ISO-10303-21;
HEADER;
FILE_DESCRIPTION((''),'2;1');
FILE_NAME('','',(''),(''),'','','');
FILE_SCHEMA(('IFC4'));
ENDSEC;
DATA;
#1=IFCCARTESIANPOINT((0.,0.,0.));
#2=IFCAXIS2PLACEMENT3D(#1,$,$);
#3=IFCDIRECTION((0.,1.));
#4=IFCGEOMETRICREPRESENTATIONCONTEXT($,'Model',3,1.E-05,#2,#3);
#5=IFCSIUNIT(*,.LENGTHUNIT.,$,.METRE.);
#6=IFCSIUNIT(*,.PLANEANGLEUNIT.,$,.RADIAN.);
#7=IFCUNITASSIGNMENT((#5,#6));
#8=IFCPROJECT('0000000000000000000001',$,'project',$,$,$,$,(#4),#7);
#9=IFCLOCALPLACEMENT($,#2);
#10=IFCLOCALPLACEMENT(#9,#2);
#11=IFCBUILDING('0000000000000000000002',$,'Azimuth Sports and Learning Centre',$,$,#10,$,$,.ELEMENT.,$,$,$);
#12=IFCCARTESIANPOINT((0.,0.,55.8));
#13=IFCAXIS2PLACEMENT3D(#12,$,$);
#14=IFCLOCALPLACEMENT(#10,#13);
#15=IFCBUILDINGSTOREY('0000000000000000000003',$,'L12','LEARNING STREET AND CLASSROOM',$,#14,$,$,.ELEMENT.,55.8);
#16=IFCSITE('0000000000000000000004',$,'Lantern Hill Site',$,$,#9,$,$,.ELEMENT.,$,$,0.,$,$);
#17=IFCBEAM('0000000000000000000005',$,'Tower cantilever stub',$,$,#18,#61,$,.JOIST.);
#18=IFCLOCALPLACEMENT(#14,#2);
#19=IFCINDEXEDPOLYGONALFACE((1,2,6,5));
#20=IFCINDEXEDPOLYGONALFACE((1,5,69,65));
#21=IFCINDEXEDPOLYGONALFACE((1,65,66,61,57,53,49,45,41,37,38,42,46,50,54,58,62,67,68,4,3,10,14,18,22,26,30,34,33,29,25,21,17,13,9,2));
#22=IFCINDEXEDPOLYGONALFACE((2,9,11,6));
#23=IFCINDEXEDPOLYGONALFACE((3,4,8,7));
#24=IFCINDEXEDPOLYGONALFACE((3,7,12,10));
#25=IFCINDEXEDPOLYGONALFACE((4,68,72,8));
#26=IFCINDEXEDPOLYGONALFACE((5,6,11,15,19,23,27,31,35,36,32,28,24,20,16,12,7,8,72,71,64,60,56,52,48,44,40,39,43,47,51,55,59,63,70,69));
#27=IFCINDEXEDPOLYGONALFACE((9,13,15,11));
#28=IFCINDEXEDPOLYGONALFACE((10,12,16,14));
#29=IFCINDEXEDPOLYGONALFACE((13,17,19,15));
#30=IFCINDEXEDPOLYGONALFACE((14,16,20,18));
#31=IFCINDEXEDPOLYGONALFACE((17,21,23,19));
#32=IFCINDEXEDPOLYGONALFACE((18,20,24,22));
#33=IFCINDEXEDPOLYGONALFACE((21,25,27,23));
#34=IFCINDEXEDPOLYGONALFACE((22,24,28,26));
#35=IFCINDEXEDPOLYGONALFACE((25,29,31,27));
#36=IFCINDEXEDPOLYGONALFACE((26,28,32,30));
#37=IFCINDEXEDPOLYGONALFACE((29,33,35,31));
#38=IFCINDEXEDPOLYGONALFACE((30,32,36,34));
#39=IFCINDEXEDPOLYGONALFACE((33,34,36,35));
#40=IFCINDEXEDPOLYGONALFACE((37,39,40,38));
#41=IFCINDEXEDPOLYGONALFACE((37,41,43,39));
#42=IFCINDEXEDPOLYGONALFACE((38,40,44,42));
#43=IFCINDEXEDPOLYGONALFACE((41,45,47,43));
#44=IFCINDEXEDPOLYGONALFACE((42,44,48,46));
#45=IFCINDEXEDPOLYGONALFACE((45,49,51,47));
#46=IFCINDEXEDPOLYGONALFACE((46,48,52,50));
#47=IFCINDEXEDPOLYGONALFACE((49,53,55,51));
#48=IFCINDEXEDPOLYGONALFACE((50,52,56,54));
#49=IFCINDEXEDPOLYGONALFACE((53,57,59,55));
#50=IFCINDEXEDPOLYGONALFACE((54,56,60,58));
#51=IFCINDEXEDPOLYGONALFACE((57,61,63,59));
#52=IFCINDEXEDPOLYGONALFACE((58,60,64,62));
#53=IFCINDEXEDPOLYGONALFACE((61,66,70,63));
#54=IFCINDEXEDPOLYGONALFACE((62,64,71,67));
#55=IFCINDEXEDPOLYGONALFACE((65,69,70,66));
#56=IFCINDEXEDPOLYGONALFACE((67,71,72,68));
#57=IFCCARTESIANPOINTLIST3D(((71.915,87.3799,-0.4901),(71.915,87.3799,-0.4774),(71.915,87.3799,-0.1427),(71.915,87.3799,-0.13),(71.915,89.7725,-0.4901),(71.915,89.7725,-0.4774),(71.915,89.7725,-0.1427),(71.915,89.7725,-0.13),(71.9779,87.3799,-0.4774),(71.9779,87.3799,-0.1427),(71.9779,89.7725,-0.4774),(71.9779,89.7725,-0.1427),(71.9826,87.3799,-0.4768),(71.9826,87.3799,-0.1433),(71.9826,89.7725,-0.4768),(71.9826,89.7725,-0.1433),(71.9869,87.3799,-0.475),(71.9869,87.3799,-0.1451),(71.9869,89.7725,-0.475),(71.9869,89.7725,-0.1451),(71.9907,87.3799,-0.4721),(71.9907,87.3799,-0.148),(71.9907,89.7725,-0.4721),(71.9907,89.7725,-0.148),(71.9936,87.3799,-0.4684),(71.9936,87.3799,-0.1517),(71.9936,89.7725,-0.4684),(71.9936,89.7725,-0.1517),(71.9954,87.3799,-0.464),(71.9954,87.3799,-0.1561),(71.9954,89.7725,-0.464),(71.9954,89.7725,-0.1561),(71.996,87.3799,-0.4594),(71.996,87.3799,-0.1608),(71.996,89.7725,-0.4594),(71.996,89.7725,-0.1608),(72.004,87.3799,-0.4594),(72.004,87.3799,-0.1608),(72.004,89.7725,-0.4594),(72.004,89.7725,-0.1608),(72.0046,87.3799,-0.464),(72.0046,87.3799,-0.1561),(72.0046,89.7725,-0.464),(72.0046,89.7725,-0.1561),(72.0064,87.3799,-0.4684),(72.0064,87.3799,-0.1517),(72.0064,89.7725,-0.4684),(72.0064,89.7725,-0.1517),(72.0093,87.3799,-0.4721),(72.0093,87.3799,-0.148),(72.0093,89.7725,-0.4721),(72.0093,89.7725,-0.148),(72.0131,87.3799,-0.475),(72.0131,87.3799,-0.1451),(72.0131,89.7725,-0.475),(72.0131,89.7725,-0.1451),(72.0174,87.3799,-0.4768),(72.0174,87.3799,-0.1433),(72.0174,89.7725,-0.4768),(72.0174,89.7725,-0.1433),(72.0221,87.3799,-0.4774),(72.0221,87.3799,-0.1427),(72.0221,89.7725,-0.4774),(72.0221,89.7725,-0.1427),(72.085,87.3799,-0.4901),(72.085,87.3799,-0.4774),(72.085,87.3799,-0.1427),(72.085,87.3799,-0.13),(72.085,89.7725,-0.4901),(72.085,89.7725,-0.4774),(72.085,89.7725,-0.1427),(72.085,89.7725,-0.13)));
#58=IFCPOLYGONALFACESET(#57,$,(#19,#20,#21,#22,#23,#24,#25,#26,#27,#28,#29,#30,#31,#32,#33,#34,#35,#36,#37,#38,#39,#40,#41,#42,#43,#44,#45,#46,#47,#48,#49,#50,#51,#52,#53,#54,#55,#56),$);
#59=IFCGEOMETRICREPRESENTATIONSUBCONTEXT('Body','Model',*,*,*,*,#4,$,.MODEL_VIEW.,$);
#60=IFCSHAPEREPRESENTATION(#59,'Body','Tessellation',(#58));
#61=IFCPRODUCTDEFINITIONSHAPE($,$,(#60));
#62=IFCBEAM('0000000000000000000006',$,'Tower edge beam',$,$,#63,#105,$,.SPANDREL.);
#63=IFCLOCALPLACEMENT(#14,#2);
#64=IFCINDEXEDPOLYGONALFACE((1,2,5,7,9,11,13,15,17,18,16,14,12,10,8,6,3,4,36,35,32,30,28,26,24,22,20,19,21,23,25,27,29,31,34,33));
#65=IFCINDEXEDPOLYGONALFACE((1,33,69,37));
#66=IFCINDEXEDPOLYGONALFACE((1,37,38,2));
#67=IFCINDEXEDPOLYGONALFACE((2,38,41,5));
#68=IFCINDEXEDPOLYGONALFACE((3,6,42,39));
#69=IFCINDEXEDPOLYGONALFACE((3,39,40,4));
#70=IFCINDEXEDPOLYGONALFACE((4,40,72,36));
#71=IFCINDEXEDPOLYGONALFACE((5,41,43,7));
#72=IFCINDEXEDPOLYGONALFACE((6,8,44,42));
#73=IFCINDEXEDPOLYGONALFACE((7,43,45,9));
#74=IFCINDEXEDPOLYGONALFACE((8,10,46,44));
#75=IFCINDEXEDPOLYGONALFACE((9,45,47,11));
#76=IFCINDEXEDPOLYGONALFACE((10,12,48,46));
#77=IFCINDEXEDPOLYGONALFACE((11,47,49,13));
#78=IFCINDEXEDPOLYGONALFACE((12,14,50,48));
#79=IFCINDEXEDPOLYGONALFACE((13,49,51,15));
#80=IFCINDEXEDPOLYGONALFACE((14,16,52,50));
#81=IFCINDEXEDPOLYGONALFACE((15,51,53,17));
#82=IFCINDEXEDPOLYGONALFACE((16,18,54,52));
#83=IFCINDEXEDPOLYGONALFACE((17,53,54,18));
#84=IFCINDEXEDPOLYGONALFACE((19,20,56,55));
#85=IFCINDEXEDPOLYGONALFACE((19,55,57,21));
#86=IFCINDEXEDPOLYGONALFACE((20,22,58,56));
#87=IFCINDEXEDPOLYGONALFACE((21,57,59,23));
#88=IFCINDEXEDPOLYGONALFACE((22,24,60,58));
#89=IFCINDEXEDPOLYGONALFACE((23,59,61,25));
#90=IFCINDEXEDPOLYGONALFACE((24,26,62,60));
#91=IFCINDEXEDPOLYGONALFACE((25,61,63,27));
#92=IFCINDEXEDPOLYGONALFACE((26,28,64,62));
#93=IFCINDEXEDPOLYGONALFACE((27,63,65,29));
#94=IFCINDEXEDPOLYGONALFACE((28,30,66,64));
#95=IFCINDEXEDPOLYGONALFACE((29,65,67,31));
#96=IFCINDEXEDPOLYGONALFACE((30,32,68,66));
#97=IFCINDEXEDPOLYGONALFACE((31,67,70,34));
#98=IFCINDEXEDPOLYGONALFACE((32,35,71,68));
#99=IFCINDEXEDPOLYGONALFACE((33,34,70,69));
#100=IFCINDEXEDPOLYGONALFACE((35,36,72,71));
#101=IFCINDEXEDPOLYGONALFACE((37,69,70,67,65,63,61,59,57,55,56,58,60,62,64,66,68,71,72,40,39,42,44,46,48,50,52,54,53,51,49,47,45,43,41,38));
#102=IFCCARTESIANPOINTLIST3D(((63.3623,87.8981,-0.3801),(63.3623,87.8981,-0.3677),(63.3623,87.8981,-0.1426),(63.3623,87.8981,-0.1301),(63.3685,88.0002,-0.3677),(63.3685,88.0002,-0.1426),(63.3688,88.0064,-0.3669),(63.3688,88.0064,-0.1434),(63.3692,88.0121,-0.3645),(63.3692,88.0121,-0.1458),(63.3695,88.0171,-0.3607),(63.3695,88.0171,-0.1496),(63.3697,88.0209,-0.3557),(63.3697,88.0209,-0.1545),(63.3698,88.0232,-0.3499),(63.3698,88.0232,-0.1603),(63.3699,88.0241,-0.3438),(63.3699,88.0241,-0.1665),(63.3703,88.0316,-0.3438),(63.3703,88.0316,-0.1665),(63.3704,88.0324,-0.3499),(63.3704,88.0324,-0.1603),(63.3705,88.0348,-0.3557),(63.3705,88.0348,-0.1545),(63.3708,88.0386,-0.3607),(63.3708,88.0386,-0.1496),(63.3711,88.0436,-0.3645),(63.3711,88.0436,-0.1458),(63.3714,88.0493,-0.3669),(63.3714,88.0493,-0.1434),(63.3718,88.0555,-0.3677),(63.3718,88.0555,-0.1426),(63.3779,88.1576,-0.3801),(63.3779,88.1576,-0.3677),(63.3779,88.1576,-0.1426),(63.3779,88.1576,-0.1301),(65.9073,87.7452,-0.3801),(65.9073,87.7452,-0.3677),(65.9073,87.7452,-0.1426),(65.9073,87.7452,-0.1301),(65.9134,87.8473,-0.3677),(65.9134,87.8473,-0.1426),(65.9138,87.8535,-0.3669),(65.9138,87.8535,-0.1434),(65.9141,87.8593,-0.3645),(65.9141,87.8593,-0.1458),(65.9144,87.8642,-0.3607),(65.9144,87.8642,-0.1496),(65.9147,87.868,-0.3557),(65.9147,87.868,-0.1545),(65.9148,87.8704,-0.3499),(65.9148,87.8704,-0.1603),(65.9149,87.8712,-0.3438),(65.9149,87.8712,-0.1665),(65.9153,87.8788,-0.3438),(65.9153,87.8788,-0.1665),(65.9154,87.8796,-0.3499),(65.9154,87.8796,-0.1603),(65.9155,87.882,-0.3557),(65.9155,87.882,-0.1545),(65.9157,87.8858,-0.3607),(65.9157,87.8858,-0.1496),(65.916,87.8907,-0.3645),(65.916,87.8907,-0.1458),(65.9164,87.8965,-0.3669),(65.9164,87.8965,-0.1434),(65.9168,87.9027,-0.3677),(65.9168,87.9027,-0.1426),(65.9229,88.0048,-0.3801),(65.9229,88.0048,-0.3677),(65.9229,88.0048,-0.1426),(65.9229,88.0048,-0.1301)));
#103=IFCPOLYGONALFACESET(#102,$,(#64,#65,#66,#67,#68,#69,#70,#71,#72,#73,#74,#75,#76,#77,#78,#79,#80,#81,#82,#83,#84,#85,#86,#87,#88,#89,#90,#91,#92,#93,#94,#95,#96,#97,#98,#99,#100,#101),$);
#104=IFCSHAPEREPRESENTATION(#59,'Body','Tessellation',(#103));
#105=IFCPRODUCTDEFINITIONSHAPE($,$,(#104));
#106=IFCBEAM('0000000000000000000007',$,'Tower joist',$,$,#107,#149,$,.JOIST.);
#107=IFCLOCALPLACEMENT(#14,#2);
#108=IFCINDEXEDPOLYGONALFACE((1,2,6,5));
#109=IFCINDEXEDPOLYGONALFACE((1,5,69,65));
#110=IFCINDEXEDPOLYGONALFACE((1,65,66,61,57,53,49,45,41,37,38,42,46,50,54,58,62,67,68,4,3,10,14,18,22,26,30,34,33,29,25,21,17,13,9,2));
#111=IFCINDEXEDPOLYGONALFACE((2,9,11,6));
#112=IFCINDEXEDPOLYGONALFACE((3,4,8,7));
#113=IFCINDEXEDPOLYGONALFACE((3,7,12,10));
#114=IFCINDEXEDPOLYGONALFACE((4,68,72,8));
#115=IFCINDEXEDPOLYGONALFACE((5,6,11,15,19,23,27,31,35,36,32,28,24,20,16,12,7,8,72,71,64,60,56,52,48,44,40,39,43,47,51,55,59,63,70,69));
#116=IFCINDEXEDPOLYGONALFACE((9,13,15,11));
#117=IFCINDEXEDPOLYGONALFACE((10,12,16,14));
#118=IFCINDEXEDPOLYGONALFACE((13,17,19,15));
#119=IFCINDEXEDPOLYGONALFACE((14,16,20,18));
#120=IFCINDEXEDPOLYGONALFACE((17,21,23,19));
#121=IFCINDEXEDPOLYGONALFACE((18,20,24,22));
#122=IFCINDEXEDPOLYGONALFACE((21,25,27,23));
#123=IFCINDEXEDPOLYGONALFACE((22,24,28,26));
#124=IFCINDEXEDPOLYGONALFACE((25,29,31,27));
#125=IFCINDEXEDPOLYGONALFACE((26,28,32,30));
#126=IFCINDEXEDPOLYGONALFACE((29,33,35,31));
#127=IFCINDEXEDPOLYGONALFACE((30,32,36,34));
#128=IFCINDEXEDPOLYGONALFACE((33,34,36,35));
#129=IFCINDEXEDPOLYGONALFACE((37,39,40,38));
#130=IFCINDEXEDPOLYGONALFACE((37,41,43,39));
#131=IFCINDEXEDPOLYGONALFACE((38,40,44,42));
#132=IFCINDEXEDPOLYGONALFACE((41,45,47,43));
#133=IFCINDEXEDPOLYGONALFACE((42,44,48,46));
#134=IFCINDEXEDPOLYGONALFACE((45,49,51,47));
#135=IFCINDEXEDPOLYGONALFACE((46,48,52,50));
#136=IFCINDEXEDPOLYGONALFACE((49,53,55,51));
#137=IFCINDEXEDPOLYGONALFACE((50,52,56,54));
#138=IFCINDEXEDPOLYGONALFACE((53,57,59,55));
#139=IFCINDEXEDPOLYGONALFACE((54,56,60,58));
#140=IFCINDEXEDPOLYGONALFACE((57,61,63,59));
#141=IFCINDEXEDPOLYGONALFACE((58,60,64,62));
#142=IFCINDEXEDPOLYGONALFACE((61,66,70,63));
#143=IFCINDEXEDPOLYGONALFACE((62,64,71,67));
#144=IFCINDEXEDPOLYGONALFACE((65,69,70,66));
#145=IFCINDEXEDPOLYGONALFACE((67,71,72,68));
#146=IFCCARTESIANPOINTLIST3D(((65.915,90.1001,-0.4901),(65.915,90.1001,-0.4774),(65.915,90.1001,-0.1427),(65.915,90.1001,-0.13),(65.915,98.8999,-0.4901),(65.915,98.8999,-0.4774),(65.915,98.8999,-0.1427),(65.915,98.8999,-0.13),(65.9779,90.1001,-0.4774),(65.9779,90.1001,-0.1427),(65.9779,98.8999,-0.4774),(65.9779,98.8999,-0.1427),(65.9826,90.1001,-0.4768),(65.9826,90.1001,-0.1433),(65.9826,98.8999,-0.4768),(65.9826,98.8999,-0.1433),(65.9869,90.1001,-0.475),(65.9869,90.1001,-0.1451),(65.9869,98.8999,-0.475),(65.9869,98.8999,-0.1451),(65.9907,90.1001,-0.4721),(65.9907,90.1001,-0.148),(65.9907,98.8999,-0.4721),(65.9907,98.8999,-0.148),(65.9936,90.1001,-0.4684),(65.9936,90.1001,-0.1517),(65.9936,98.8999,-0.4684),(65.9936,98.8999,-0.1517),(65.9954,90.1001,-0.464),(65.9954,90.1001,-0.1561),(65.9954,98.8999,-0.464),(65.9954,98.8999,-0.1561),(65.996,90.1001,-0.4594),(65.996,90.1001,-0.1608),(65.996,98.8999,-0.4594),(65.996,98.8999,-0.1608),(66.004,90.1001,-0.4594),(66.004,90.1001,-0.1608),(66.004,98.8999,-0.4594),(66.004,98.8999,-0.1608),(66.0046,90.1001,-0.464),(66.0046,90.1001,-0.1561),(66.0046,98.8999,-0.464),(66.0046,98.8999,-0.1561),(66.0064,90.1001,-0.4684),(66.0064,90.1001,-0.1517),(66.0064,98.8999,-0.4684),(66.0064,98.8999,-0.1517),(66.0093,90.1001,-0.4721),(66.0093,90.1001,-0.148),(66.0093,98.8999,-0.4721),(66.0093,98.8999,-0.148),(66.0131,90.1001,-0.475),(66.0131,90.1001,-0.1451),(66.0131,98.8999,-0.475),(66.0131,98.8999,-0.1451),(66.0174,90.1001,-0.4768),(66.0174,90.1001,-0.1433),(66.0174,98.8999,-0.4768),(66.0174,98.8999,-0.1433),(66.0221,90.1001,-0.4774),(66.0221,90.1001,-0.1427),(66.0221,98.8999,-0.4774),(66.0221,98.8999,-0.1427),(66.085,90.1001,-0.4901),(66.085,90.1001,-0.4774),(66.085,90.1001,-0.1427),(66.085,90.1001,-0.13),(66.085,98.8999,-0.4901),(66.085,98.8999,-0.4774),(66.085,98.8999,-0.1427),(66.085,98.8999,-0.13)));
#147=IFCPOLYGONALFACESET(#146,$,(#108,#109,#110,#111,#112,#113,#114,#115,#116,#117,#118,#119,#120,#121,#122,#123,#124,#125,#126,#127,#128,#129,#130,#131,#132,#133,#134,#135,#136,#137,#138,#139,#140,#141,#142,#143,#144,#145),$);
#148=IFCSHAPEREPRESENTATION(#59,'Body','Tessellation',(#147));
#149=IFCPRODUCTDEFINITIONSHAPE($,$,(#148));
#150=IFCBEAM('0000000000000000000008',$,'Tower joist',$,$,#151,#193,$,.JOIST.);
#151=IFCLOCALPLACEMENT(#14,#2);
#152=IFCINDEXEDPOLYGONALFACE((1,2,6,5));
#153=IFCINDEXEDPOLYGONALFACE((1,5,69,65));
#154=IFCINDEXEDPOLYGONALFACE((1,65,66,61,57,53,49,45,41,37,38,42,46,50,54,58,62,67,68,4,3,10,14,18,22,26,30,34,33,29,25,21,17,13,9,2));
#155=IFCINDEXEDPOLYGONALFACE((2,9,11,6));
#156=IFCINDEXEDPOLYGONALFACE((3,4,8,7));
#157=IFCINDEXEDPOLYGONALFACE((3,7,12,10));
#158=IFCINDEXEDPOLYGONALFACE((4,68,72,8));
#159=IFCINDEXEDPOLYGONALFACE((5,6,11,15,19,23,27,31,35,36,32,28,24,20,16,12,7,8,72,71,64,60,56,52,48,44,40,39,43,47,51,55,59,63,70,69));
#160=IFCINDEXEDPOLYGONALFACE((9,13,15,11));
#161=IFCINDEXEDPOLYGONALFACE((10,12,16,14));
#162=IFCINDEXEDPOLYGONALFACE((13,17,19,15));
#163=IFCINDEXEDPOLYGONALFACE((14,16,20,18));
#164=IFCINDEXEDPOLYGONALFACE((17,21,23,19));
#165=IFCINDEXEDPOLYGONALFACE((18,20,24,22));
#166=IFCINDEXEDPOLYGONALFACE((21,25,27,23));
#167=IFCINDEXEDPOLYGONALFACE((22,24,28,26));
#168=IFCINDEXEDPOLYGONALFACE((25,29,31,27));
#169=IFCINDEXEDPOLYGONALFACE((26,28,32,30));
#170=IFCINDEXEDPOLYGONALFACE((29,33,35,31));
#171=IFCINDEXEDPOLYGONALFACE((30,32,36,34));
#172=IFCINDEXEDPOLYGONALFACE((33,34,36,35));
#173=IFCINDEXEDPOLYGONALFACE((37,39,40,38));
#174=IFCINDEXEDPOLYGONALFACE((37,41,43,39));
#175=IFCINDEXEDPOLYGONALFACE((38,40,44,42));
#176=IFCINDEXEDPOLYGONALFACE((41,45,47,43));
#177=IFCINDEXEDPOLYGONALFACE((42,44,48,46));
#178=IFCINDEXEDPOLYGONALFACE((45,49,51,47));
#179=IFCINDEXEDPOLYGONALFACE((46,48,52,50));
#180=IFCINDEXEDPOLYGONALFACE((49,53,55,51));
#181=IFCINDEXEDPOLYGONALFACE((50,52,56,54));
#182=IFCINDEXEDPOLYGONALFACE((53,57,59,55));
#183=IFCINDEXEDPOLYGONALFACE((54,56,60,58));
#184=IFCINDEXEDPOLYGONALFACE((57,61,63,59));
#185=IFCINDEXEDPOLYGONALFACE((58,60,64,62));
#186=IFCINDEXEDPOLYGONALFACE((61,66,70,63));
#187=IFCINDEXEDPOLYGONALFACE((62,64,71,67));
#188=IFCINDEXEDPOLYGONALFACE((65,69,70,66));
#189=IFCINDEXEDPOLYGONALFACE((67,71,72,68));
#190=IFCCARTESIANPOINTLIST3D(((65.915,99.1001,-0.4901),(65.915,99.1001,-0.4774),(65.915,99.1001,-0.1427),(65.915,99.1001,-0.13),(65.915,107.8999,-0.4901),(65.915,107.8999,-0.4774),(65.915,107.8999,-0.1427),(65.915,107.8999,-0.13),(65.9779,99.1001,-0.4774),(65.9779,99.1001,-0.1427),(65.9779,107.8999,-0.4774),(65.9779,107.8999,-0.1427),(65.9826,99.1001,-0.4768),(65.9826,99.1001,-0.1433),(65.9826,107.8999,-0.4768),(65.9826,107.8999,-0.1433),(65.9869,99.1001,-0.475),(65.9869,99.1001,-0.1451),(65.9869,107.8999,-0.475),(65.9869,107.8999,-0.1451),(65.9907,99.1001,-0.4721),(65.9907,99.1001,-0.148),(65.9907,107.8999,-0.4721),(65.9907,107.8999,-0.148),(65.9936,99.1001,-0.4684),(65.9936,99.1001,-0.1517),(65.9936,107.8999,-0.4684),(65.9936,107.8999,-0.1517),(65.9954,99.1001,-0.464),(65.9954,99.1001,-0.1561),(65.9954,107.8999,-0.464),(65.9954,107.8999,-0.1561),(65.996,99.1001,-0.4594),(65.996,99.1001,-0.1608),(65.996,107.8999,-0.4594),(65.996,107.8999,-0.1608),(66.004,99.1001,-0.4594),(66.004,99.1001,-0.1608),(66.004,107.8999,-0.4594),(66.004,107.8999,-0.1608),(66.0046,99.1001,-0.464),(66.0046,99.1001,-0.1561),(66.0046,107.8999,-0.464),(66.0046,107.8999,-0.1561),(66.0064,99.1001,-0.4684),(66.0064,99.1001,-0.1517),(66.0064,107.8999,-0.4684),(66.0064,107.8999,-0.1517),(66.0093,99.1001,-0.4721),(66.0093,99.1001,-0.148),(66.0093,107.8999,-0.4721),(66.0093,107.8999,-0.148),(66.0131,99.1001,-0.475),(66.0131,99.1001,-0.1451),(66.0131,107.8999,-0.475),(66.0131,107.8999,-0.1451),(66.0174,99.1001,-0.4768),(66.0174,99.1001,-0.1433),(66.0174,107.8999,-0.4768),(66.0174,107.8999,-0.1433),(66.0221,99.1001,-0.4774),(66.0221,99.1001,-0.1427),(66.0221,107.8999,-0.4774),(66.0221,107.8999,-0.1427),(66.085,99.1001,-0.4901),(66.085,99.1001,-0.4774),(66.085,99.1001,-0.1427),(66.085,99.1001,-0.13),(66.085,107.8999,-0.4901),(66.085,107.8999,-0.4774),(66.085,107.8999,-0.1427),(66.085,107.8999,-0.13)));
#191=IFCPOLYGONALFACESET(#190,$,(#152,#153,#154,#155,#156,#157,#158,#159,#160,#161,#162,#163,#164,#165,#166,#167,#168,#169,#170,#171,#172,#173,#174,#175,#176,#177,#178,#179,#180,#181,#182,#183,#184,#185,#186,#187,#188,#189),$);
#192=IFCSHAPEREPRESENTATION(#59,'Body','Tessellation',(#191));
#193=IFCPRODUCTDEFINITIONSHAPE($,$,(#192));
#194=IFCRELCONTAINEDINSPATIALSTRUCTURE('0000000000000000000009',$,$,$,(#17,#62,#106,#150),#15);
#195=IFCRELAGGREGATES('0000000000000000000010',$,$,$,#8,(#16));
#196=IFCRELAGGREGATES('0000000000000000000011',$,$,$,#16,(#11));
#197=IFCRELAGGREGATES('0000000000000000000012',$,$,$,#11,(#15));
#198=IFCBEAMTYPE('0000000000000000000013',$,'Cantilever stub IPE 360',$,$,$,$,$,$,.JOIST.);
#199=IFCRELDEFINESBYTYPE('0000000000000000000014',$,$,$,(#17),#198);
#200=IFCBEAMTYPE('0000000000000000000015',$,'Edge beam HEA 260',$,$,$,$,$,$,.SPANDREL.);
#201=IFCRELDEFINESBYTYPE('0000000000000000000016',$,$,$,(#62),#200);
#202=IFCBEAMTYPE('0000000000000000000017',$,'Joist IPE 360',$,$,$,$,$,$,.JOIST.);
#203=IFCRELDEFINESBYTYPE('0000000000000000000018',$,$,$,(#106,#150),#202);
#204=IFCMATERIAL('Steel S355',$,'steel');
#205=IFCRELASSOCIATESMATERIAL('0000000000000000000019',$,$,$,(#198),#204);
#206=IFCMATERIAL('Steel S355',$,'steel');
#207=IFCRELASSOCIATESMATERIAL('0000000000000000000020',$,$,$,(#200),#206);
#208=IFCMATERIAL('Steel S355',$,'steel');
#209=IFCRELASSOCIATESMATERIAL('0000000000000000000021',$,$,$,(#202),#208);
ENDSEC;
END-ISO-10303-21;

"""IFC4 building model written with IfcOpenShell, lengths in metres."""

from ifc_helpers import new_model, si_unit, direction, frame, origin, origin_2d, place, context, subcontext, project, spatial, i_section, extrude, material, material_profile, profile_set, type_object, element, save


model = new_model("IFC4")

# Units and contexts
model_context = context("Model", 3, precision=1e-05, world=origin(), true_north=direction((0.0, 1.0)))
body_context = subcontext(model_context, "Body", "Model", "MODEL_VIEW")
ifc_project = project(units=[si_unit("LENGTHUNIT", "METRE"), si_unit("PLANEANGLEUNIT", "RADIAN")], contexts=[model_context])

# Site, building, storey
site_placement = place(None, origin())
site = spatial("IfcSite", under=ifc_project, at=site_placement, Name="Lantern Hill Site", CompositionType="ELEMENT", RefElevation=0.0)
building_placement = place(site_placement, origin())
building = spatial("IfcBuilding", under=site, at=building_placement, Name="Azimuth Sports and Learning Centre", CompositionType="ELEMENT")
storey_placement = place(building_placement, frame((0.0, 0.0, 55.8)))
storey = spatial("IfcBuildingStorey", under=building, at=storey_placement, Name="L12", Description="LEARNING STREET AND CLASSROOM", CompositionType="ELEMENT", Elevation=55.8)

# Beams
ifc_material_1 = material(Name="Steel S355", Category="steel")
ifc_material_profile_1 = material_profile(ifc_material_1, i_section(OverallWidth=0.1699, OverallDepth=0.3601, WebThickness=0.0081, FlangeThickness=0.0127, FilletRadius=0.0181, at=origin_2d()), Name="IPE 360")
ifc_profile_set_1 = profile_set([ifc_material_profile_1], Name="Steel S355")
beam_type_1 = type_object("IfcBeamType", Name="Cantilever stub IPE 360", PredefinedType="JOIST", material=ifc_profile_set_1)
beam_1_placement = place(storey_placement, frame((72.0, 89.7725, -0.3101), z_axis=(0.0, -1.0, 0.0), x_axis=(1.0, 0.0, 0.0)))
element("IfcBeam", 1, at=beam_1_placement, inside=storey, type_object=beam_type_1, Name="Tower cantilever stub", PredefinedType="JOIST", context=body_context, shape_type="SweptSolid", body=[
    extrude(i_section(OverallWidth=0.1699, OverallDepth=0.3601, WebThickness=0.0081, FlangeThickness=0.0127, FilletRadius=0.0181, at=origin_2d()), origin(), (0.0, 0.0, 1.0), 2.3926),
])
ifc_material_2 = material(Name="Steel S355", Category="steel")
ifc_material_profile_2 = material_profile(ifc_material_2, i_section(OverallWidth=0.26, OverallDepth=0.25, WebThickness=0.0076, FlangeThickness=0.0125, FilletRadius=0.0239, at=origin_2d()), Name="HEA 260")
ifc_profile_set_2 = profile_set([ifc_material_profile_2], Name="Steel S355")
beam_type_2 = type_object("IfcBeamType", Name="Edge beam HEA 260", PredefinedType="SPANDREL", material=ifc_profile_set_2)
beam_2_placement = place(storey_placement, frame((63.3701, 88.0278, -0.2551), z_axis=(0.998202, -0.059946, 0.0), x_axis=(0.059946, 0.998202, 0.0)))
element("IfcBeam", 2, at=beam_2_placement, inside=storey, type_object=beam_type_2, Name="Tower edge beam", PredefinedType="SPANDREL", context=body_context, shape_type="SweptSolid", body=[
    extrude(i_section(OverallWidth=0.26, OverallDepth=0.25, WebThickness=0.0076, FlangeThickness=0.0125, FilletRadius=0.0239, at=origin_2d()), origin(), (0.0, 0.0, 1.0), 2.5496),
])
ifc_material_3 = material(Name="Steel S355", Category="steel")
ifc_material_profile_3 = material_profile(ifc_material_3, i_section(OverallWidth=0.1699, OverallDepth=0.3601, WebThickness=0.0081, FlangeThickness=0.0127, FilletRadius=0.0181, at=origin_2d()), Name="IPE 360")
ifc_profile_set_3 = profile_set([ifc_material_profile_3], Name="Steel S355")
beam_type_3 = type_object("IfcBeamType", Name="Joist IPE 360", PredefinedType="JOIST", material=ifc_profile_set_3)
for number, where, z_axis, x_axis, name in (
    (3, (66.0, 90.1001, -0.3101), (0.0, 1.0, 0.0), (-1.0, 0.0, 0.0), "Tower joist"),
    (4, (66.0, 99.1001, -0.3101), (0.0, 1.0, 0.0), (-1.0, 0.0, 0.0), "Tower joist"),
):
    element("IfcBeam", number, at=place(storey_placement, frame(where, z_axis=z_axis, x_axis=x_axis)), inside=storey, type_object=beam_type_3, Name=name, PredefinedType="JOIST", context=body_context, shape_type="SweptSolid", body=[
        extrude(i_section(OverallWidth=0.1699, OverallDepth=0.3601, WebThickness=0.0081, FlangeThickness=0.0127, FilletRadius=0.0181, at=origin_2d()), origin(), (0.0, 0.0, 1.0), 8.7998),
    ])

save(model, "model.ifc")
